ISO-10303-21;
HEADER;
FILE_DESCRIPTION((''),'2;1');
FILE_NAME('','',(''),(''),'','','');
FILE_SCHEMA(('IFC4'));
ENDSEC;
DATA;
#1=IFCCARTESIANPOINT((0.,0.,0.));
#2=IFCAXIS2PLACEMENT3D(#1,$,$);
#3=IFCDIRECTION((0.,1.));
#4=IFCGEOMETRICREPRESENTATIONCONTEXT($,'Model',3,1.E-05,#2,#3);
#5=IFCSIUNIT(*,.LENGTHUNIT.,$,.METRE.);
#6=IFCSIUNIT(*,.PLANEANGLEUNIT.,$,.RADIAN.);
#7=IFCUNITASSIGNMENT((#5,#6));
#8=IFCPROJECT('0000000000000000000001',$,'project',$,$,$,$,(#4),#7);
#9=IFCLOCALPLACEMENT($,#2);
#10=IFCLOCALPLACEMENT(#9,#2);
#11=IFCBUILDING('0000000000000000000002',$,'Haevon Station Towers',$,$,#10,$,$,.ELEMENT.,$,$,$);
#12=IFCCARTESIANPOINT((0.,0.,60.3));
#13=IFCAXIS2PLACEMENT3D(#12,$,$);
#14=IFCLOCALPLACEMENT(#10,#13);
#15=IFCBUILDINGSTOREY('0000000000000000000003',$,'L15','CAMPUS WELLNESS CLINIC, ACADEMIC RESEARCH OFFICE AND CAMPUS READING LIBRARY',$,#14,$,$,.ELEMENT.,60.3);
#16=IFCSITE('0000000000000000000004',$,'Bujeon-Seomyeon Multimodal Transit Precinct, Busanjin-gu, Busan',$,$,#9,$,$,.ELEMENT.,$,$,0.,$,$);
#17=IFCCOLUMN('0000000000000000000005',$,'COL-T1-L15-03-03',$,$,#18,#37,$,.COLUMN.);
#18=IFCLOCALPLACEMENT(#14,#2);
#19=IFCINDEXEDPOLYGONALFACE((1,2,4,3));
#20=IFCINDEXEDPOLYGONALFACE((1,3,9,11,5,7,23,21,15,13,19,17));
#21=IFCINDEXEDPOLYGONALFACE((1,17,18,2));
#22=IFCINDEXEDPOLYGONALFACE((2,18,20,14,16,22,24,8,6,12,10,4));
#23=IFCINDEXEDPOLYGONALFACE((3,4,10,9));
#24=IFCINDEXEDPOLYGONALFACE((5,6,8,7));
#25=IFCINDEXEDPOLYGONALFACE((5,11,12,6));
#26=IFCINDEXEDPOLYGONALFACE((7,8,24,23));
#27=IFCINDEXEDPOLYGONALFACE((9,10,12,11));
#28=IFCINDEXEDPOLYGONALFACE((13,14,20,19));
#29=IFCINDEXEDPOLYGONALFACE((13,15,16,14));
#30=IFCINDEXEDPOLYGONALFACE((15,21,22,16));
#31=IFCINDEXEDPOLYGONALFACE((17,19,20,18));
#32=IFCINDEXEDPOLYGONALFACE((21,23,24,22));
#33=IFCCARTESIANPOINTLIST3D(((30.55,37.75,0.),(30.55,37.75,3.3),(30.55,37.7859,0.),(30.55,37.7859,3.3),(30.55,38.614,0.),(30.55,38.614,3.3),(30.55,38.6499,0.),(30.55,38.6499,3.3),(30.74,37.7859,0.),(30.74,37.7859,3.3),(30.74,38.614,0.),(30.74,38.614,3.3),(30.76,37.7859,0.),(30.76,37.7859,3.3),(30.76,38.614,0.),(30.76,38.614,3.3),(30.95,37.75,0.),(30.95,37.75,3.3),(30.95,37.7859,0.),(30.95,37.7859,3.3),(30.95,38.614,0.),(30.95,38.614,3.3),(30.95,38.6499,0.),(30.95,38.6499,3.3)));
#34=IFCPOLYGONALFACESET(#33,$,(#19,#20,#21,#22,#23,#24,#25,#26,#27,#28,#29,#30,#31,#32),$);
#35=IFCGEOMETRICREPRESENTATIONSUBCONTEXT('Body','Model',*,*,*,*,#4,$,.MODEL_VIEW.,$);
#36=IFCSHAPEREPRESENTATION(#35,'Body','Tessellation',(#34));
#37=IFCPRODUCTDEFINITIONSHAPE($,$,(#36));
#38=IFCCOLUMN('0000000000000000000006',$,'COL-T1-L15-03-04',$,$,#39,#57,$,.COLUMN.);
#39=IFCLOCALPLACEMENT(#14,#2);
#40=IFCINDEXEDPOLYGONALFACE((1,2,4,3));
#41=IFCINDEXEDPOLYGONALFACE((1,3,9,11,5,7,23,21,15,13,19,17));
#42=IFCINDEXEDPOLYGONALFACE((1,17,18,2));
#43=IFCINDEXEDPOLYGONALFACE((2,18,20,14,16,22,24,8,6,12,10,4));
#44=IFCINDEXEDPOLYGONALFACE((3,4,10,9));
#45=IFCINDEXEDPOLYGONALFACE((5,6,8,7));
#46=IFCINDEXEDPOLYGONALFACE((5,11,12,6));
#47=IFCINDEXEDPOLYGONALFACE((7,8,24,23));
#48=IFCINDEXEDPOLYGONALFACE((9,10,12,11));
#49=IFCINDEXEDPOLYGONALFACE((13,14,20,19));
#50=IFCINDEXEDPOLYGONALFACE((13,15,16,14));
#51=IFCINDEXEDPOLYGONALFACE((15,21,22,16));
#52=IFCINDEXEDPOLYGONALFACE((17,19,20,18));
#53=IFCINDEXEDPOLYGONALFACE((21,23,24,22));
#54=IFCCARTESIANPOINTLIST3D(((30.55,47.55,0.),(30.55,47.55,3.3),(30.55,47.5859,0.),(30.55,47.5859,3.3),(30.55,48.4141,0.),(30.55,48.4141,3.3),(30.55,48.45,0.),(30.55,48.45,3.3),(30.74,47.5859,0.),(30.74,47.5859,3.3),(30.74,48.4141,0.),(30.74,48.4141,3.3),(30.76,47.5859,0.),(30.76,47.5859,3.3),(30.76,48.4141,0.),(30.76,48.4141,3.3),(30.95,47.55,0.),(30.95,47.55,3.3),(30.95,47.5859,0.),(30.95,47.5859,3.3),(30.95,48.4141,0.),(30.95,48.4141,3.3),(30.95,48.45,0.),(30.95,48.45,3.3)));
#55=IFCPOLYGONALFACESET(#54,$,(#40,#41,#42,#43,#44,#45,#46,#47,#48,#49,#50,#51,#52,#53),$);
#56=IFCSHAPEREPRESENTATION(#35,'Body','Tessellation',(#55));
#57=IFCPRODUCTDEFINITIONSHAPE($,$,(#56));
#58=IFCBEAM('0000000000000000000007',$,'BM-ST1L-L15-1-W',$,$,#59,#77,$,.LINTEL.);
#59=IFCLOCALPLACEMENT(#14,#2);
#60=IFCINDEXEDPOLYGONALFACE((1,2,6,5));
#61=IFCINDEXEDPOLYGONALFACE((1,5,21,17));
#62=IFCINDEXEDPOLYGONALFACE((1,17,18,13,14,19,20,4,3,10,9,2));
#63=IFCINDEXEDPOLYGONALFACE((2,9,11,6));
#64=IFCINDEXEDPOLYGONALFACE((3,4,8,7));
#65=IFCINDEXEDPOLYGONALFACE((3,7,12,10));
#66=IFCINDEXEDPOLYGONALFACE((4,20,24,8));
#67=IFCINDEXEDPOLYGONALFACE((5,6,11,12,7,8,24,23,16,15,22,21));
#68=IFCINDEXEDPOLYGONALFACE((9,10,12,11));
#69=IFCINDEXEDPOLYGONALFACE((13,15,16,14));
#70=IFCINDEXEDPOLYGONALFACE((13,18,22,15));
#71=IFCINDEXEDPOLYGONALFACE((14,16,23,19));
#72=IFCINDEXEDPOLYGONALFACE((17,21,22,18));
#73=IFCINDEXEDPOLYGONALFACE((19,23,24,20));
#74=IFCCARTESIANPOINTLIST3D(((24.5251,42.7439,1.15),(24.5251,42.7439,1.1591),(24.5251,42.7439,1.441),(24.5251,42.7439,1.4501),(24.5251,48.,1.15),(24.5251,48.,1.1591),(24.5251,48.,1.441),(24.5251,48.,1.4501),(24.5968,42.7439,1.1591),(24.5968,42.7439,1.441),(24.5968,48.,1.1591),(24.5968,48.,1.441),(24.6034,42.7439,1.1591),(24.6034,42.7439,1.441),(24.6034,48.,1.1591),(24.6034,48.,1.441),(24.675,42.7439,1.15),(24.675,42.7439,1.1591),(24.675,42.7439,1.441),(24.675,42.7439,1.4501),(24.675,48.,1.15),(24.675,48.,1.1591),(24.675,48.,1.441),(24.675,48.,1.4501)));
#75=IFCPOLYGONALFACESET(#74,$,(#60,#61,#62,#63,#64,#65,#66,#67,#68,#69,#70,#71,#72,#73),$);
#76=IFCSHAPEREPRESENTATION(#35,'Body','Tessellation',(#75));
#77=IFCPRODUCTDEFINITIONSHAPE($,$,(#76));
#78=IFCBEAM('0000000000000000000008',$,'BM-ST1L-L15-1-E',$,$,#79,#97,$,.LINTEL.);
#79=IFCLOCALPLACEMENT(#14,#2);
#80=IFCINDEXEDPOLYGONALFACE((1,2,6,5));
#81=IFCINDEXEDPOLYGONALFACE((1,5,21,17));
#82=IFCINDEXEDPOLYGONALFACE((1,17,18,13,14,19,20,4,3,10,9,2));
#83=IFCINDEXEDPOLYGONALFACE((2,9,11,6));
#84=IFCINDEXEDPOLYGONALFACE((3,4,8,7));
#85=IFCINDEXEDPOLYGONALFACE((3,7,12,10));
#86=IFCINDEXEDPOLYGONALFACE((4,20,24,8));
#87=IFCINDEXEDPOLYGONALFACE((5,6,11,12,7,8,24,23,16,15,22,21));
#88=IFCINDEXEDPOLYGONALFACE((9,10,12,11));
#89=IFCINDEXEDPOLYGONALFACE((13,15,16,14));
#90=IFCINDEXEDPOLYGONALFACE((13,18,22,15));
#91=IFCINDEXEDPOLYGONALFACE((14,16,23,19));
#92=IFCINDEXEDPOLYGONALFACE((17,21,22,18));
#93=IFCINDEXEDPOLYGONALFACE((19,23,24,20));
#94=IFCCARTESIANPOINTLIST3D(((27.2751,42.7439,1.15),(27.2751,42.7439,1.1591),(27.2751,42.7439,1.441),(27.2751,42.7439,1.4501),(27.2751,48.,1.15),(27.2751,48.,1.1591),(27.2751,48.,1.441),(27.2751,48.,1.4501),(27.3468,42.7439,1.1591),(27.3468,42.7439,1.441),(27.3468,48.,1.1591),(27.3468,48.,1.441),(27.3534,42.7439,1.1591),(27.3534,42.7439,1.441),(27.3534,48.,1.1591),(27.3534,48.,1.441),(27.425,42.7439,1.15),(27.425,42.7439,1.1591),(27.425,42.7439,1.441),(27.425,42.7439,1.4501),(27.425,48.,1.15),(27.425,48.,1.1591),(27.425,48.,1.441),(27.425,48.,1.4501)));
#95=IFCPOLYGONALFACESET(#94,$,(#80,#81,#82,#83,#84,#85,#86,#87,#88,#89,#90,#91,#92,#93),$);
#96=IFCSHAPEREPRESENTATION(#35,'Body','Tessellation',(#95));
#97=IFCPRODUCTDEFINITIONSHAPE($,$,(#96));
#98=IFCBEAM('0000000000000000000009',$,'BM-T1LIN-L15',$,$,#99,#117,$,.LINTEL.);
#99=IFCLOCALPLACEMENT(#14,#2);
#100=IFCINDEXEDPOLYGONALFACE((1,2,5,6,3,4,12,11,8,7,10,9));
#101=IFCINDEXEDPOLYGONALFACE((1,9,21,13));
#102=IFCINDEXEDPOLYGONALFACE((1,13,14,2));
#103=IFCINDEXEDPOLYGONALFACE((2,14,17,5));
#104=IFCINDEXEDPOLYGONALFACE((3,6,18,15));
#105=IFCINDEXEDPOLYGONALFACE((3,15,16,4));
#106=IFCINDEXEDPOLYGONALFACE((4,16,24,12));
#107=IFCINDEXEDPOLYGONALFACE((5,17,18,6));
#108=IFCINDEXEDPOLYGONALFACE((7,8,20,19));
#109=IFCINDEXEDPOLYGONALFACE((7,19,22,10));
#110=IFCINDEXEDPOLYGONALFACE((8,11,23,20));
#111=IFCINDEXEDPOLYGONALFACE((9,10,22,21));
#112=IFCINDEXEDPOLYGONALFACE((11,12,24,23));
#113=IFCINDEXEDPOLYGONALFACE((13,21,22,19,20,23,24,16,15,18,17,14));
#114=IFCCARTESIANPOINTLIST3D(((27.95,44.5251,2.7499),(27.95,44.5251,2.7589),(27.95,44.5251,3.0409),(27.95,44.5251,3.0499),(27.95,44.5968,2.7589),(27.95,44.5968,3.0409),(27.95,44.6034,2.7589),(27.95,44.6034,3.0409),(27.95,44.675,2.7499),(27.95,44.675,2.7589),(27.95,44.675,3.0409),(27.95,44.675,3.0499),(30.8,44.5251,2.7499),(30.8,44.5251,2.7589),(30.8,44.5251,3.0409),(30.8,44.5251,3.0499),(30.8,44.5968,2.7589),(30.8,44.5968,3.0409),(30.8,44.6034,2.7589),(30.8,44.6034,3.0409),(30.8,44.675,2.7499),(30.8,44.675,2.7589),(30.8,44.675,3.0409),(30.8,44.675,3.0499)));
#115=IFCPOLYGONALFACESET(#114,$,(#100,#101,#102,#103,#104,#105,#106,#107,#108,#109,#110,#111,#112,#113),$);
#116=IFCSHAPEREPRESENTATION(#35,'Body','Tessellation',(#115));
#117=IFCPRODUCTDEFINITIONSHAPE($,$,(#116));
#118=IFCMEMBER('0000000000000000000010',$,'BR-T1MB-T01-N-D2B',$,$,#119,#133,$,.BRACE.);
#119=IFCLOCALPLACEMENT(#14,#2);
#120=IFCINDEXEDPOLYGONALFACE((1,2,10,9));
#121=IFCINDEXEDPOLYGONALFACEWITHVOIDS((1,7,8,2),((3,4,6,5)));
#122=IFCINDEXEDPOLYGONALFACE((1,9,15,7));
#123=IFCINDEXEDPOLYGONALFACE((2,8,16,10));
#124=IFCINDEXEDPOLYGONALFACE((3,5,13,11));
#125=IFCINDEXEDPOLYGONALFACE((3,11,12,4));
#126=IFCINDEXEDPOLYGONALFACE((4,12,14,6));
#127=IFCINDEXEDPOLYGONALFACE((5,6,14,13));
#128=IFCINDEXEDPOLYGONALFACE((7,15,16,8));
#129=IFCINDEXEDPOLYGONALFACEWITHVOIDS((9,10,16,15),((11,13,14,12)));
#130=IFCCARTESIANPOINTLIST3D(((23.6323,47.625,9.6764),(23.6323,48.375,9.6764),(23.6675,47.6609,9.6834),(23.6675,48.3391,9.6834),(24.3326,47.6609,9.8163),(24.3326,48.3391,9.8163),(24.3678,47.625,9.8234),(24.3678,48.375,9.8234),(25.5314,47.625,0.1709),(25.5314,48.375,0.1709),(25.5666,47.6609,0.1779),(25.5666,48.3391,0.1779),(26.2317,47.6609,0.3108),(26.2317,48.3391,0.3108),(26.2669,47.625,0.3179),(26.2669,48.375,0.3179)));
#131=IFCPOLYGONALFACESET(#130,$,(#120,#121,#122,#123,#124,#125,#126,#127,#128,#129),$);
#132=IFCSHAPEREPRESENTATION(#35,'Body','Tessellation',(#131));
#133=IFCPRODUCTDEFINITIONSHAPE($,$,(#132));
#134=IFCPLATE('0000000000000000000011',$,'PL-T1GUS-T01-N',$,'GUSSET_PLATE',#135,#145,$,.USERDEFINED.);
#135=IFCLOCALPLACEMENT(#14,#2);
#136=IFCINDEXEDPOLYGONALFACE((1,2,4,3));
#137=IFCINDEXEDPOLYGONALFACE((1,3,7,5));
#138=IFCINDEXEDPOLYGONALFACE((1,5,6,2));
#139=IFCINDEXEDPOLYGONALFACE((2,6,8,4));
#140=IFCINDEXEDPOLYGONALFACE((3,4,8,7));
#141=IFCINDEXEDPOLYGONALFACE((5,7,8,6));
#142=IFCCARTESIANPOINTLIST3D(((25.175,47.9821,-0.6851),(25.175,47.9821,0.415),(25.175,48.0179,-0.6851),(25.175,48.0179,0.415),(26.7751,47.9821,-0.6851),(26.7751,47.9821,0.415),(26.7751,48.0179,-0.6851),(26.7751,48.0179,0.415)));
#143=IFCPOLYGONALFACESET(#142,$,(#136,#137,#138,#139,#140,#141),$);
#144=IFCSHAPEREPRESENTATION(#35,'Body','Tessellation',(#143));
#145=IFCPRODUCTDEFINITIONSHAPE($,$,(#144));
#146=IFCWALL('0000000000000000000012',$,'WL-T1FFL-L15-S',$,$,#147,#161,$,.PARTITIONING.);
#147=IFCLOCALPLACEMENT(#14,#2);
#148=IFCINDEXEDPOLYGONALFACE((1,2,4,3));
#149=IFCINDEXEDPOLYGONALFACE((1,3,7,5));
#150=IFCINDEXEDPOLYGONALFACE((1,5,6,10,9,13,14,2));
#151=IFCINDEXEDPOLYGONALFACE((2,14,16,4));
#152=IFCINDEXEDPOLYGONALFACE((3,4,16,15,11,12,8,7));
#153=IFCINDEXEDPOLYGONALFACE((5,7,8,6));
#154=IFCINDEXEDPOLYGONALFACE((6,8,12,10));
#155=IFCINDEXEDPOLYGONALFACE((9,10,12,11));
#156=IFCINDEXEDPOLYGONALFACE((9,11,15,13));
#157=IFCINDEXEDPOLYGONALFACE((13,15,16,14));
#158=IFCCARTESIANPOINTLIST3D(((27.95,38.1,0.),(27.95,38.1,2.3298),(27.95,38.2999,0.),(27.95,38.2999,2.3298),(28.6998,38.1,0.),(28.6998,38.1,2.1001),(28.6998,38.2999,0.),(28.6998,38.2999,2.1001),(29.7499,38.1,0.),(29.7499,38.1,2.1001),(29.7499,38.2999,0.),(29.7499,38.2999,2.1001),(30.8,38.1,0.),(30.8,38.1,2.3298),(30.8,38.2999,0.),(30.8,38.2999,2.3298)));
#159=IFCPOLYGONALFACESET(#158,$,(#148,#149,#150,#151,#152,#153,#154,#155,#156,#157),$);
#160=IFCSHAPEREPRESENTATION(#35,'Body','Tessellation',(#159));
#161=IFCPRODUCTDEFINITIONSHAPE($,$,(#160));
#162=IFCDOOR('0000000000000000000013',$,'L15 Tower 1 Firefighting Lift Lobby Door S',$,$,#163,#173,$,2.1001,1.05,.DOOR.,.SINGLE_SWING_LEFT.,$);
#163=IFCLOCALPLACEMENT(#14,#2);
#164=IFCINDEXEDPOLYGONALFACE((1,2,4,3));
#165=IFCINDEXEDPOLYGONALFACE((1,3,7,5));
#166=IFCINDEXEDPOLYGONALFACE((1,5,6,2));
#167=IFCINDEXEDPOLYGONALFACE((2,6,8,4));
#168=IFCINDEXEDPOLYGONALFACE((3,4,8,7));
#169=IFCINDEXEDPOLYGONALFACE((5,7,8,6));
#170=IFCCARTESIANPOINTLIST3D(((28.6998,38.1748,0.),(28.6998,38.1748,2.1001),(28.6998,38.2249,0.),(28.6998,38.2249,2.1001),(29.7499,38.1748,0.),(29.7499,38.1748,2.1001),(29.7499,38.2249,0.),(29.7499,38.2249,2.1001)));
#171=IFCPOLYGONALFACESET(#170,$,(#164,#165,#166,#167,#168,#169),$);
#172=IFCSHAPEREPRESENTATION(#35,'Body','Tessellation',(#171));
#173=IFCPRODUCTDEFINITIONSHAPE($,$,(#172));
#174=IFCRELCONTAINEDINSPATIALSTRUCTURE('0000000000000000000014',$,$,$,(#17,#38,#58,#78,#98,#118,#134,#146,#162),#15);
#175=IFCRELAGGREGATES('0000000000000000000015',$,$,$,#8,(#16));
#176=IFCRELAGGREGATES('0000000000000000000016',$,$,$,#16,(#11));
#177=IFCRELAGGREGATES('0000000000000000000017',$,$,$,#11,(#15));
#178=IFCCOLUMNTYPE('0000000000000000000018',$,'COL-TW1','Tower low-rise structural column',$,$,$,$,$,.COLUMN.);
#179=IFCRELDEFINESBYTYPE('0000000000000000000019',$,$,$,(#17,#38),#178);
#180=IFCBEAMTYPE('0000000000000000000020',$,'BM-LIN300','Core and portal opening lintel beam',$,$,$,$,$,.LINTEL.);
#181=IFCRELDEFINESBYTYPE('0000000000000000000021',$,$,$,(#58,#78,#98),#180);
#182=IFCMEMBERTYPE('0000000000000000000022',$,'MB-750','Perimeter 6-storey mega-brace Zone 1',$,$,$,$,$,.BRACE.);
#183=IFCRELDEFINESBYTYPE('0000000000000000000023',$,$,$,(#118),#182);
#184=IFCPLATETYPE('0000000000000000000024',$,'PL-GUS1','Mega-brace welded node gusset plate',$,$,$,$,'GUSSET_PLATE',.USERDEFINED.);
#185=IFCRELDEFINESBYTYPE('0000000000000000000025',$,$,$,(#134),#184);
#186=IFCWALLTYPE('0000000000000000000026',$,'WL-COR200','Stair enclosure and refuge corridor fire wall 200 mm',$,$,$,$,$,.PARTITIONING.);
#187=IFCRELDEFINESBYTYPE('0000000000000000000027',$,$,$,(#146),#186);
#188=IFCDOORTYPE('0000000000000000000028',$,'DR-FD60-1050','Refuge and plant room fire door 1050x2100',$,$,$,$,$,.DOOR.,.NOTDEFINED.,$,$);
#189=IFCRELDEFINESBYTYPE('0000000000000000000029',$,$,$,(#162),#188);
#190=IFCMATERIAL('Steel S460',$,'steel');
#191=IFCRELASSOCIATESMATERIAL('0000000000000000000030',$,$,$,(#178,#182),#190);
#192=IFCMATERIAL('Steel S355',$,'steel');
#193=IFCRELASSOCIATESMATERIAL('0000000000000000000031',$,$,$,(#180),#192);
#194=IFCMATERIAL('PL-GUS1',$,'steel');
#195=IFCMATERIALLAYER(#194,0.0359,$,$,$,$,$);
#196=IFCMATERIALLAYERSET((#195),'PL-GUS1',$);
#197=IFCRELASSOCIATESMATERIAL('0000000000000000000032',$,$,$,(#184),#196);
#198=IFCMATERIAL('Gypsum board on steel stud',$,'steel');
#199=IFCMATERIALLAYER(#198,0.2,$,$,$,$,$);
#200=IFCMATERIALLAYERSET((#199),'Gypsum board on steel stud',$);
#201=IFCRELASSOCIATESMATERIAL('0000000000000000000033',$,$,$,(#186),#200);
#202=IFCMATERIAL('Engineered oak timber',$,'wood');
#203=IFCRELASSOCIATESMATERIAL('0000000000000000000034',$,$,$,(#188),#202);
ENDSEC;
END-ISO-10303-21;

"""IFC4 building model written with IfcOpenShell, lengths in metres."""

from ifc_helpers import new_model, si_unit, direction, frame, frame_2d, origin, origin_2d, place, context, subcontext, project, spatial, rectangle, hollow_rectangle, i_section, extrude, material, layer, layer_set, material_profile, profile_set, type_object, element, fill, save


model = new_model("IFC4")

# Units and contexts
model_context = context("Model", 3, precision=1e-05, world=origin(), true_north=direction((0.0, 1.0)))
body_context = subcontext(model_context, "Body", "Model", "MODEL_VIEW")
ifc_project = project(units=[si_unit("LENGTHUNIT", "METRE"), si_unit("PLANEANGLEUNIT", "RADIAN")], contexts=[model_context])

# Site, building, storey
site_placement = place(None, origin())
site = spatial("IfcSite", under=ifc_project, at=site_placement, Name="Bujeon-Seomyeon Multimodal Transit Precinct, Busanjin-gu, Busan", CompositionType="ELEMENT", RefElevation=0.0)
building_placement = place(site_placement, origin())
building = spatial("IfcBuilding", under=site, at=building_placement, Name="Haevon Station Towers", CompositionType="ELEMENT")
storey_placement = place(building_placement, frame((0.0, 0.0, 60.3)))
storey = spatial("IfcBuildingStorey", under=building, at=storey_placement, Name="L15", Description="CAMPUS WELLNESS CLINIC, ACADEMIC RESEARCH OFFICE AND CAMPUS READING LIBRARY", CompositionType="ELEMENT", Elevation=60.3)

# Columns
ifc_material_1 = material(Name="Steel S460", Category="steel")
ifc_material_profile_1 = material_profile(ifc_material_1, i_section(OverallWidth=0.3999, OverallDepth=0.8999, WebThickness=0.02, FlangeThickness=0.0359, at=origin_2d()), Name="H-900x400x20x36")
ifc_profile_set_1 = profile_set([ifc_material_profile_1], Name="Steel S460")
column_type = type_object("IfcColumnType", Name="COL-TW1", Description="Tower low-rise structural column", PredefinedType="COLUMN", material=ifc_profile_set_1)
for number, where, z_axis, x_axis, name in (
    (1, (30.75, 38.2, 0.0), (0.0, 0.0, 1.0), (1.0, 0.0, 0.0), "COL-T1-L15-03-03"),
    (2, (30.75, 48.0, 0.0), (0.0, 0.0, 1.0), (1.0, 0.0, 0.0), "COL-T1-L15-03-04"),
):
    element("IfcColumn", number, at=place(storey_placement, frame(where, z_axis=z_axis, x_axis=x_axis)), inside=storey, type_object=column_type, Name=name, PredefinedType="COLUMN", context=body_context, shape_type="SweptSolid", body=[
        extrude(i_section(OverallWidth=0.3999, OverallDepth=0.8999, WebThickness=0.02, FlangeThickness=0.0359, at=origin_2d()), origin(), (0.0, 0.0, 1.0), 3.3),
    ])

# Beams
ifc_material_2 = material(Name="Steel S355", Category="steel")
ifc_material_profile_2 = material_profile(ifc_material_2, i_section(OverallWidth=0.1499, OverallDepth=0.3, WebThickness=0.0066, FlangeThickness=0.009, at=origin_2d()), Name="H-300x150x6.5x9")
ifc_profile_set_2 = profile_set([ifc_material_profile_2], Name="Steel S355")
beam_type = type_object("IfcBeamType", Name="BM-LIN300", Description="Core and portal opening lintel beam", PredefinedType="LINTEL", material=ifc_profile_set_2)
for number, where, z_axis, x_axis, name in (
    (3, (24.6001, 42.7439, 1.3), (0.0, 1.0, 0.0), (-1.0, 0.0, 0.0), "BM-ST1L-L15-1-W"),
    (4, (27.3501, 42.7439, 1.3), (0.0, 1.0, 0.0), (-1.0, 0.0, 0.0), "BM-ST1L-L15-1-E"),
):
    element("IfcBeam", number, at=place(storey_placement, frame(where, z_axis=z_axis, x_axis=x_axis)), inside=storey, type_object=beam_type, Name=name, PredefinedType="LINTEL", context=body_context, shape_type="SweptSolid", body=[
        extrude(i_section(OverallWidth=0.1499, OverallDepth=0.3, WebThickness=0.0066, FlangeThickness=0.009, at=origin_2d()), origin(), (0.0, 0.0, 1.0), 5.2561),
    ])
beam_placement = place(storey_placement, frame((27.95, 44.6001, 2.8999), z_axis=(1.0, 0.0, 0.0), x_axis=(0.0, 1.0, 0.0)))
element("IfcBeam", 5, at=beam_placement, inside=storey, type_object=beam_type, Name="BM-T1LIN-L15", PredefinedType="LINTEL", context=body_context, shape_type="SweptSolid", body=[
    extrude(i_section(OverallWidth=0.1499, OverallDepth=0.3, WebThickness=0.0066, FlangeThickness=0.009, at=origin_2d()), origin(), (0.0, 0.0, 1.0), 2.8501),
])

# Member
ifc_material_profile_3 = material_profile(ifc_material_1, hollow_rectangle(XDim=0.75, YDim=0.75, WallThickness=0.0359, at=origin_2d()), Name="RHS-750x750x36")
ifc_profile_set_3 = profile_set([ifc_material_profile_3], Name="Steel S460")
member_type = type_object("IfcMemberType", Name="MB-750", Description="Perimeter 6-storey mega-brace Zone 1", PredefinedType="BRACE", material=ifc_profile_set_3)
member_placement = place(storey_placement, frame((25.8992, 48.0, 0.2444), z_axis=(-0.195922, 0.0, 0.980619), x_axis=(0.0, -1.0, 0.0)))
element("IfcMember", 6, at=member_placement, inside=storey, type_object=member_type, Name="BR-T1MB-T01-N-D2B", PredefinedType="BRACE", context=body_context, shape_type="SweptSolid", body=[
    extrude(hollow_rectangle(XDim=0.75, YDim=0.75, WallThickness=0.0359, at=origin_2d()), origin(), (0.0, 0.0, 1.0), 9.6934),
])

# Plate
ifc_material_3 = material(Name="PL-GUS1", Category="steel")
ifc_layer_1 = layer(ifc_material_3, 0.0359)
ifc_layer_set_1 = layer_set([ifc_layer_1], Name="PL-GUS1")
plate_type = type_object("IfcPlateType", Name="PL-GUS1", Description="Mega-brace welded node gusset plate", ElementType="GUSSET_PLATE", PredefinedType="USERDEFINED", material=ifc_layer_set_1)
plate_placement = place(storey_placement, frame((25.9751, 48.0, -0.6851), z_axis=(0.0, 0.0, 1.0), x_axis=(1.0, 0.0, 0.0)))
element("IfcPlate", 7, at=plate_placement, inside=storey, type_object=plate_type, Name="PL-T1GUS-T01-N", ObjectType="GUSSET_PLATE", PredefinedType="USERDEFINED", context=body_context, shape_type="SweptSolid", body=[
    extrude(rectangle(XDim=1.6001, YDim=0.0359, at=origin_2d()), origin(), (0.0, 0.0, 1.0), 1.1001),
])

# Wall, opening, door
ifc_material_4 = material(Name="Gypsum board on steel stud", Category="steel")
ifc_layer_2 = layer(ifc_material_4, 0.2)
ifc_layer_set_2 = layer_set([ifc_layer_2], Name="Gypsum board on steel stud")
wall_type_1 = type_object("IfcWallType", Name="WL-COR200", Description="Stair enclosure and refuge corridor fire wall 200 mm", PredefinedType="PARTITIONING", material=ifc_layer_set_2)
wall_1_placement = place(storey_placement, frame((27.95, 38.2, 0.0), z_axis=(0.0, 0.0, 1.0), x_axis=(1.0, 0.0, 0.0)))
wall_1 = element("IfcWall", 8, at=wall_1_placement, inside=storey, type_object=wall_type_1, Name="WL-T1FFL-L15-S", PredefinedType="PARTITIONING", context=body_context, shape_type="SweptSolid", body=[
    extrude(rectangle(XDim=2.8501, YDim=0.2, at=frame_2d((1.425, 0.0))), origin(), (0.0, 0.0, 1.0), 2.3298),
])
opening_1_placement = place(wall_1_placement, frame((0.75, 0.0, 0.0)))
opening_1 = element("IfcOpeningElement", 9, at=opening_1_placement, cuts=wall_1, PredefinedType="OPENING", context=body_context, shape_type="SweptSolid", body=[
    extrude(rectangle(XDim=1.05, YDim=2.1001, at=frame_2d((0.5249, 1.05))), frame((0.0, 0.1099, 0.0), z_axis=(0.0, -1.0, 0.0), x_axis=(1.0, 0.0, 0.0)), (0.0, 0.0, 1.0), 0.22),
])
ifc_material_5 = material(Name="Engineered oak timber", Category="wood")
door_type_1 = type_object("IfcDoorType", Name="DR-FD60-1050", Description="Refuge and plant room fire door 1050x2100", OperationType="NOTDEFINED", PredefinedType="DOOR", material=ifc_material_5)
door_1_placement = place(opening_1_placement, origin())
door_1 = element("IfcDoor", 10, at=door_1_placement, inside=storey, type_object=door_type_1, Name="L15 Tower 1 Firefighting Lift Lobby Door S", OperationType="SINGLE_SWING_LEFT", OverallHeight=2.1001, OverallWidth=1.05, PredefinedType="DOOR", context=body_context, shape_type="SweptSolid", body=[
    extrude(rectangle(XDim=1.05, YDim=2.1001, at=frame_2d((0.5249, 1.05))), frame((0.0, 0.0249, 0.0), z_axis=(0.0, -1.0, 0.0), x_axis=(1.0, 0.0, 0.0)), (0.0, 0.0, 1.0), 0.05),
])
fill(opening_1, door_1)

save(model, "model.ifc")
